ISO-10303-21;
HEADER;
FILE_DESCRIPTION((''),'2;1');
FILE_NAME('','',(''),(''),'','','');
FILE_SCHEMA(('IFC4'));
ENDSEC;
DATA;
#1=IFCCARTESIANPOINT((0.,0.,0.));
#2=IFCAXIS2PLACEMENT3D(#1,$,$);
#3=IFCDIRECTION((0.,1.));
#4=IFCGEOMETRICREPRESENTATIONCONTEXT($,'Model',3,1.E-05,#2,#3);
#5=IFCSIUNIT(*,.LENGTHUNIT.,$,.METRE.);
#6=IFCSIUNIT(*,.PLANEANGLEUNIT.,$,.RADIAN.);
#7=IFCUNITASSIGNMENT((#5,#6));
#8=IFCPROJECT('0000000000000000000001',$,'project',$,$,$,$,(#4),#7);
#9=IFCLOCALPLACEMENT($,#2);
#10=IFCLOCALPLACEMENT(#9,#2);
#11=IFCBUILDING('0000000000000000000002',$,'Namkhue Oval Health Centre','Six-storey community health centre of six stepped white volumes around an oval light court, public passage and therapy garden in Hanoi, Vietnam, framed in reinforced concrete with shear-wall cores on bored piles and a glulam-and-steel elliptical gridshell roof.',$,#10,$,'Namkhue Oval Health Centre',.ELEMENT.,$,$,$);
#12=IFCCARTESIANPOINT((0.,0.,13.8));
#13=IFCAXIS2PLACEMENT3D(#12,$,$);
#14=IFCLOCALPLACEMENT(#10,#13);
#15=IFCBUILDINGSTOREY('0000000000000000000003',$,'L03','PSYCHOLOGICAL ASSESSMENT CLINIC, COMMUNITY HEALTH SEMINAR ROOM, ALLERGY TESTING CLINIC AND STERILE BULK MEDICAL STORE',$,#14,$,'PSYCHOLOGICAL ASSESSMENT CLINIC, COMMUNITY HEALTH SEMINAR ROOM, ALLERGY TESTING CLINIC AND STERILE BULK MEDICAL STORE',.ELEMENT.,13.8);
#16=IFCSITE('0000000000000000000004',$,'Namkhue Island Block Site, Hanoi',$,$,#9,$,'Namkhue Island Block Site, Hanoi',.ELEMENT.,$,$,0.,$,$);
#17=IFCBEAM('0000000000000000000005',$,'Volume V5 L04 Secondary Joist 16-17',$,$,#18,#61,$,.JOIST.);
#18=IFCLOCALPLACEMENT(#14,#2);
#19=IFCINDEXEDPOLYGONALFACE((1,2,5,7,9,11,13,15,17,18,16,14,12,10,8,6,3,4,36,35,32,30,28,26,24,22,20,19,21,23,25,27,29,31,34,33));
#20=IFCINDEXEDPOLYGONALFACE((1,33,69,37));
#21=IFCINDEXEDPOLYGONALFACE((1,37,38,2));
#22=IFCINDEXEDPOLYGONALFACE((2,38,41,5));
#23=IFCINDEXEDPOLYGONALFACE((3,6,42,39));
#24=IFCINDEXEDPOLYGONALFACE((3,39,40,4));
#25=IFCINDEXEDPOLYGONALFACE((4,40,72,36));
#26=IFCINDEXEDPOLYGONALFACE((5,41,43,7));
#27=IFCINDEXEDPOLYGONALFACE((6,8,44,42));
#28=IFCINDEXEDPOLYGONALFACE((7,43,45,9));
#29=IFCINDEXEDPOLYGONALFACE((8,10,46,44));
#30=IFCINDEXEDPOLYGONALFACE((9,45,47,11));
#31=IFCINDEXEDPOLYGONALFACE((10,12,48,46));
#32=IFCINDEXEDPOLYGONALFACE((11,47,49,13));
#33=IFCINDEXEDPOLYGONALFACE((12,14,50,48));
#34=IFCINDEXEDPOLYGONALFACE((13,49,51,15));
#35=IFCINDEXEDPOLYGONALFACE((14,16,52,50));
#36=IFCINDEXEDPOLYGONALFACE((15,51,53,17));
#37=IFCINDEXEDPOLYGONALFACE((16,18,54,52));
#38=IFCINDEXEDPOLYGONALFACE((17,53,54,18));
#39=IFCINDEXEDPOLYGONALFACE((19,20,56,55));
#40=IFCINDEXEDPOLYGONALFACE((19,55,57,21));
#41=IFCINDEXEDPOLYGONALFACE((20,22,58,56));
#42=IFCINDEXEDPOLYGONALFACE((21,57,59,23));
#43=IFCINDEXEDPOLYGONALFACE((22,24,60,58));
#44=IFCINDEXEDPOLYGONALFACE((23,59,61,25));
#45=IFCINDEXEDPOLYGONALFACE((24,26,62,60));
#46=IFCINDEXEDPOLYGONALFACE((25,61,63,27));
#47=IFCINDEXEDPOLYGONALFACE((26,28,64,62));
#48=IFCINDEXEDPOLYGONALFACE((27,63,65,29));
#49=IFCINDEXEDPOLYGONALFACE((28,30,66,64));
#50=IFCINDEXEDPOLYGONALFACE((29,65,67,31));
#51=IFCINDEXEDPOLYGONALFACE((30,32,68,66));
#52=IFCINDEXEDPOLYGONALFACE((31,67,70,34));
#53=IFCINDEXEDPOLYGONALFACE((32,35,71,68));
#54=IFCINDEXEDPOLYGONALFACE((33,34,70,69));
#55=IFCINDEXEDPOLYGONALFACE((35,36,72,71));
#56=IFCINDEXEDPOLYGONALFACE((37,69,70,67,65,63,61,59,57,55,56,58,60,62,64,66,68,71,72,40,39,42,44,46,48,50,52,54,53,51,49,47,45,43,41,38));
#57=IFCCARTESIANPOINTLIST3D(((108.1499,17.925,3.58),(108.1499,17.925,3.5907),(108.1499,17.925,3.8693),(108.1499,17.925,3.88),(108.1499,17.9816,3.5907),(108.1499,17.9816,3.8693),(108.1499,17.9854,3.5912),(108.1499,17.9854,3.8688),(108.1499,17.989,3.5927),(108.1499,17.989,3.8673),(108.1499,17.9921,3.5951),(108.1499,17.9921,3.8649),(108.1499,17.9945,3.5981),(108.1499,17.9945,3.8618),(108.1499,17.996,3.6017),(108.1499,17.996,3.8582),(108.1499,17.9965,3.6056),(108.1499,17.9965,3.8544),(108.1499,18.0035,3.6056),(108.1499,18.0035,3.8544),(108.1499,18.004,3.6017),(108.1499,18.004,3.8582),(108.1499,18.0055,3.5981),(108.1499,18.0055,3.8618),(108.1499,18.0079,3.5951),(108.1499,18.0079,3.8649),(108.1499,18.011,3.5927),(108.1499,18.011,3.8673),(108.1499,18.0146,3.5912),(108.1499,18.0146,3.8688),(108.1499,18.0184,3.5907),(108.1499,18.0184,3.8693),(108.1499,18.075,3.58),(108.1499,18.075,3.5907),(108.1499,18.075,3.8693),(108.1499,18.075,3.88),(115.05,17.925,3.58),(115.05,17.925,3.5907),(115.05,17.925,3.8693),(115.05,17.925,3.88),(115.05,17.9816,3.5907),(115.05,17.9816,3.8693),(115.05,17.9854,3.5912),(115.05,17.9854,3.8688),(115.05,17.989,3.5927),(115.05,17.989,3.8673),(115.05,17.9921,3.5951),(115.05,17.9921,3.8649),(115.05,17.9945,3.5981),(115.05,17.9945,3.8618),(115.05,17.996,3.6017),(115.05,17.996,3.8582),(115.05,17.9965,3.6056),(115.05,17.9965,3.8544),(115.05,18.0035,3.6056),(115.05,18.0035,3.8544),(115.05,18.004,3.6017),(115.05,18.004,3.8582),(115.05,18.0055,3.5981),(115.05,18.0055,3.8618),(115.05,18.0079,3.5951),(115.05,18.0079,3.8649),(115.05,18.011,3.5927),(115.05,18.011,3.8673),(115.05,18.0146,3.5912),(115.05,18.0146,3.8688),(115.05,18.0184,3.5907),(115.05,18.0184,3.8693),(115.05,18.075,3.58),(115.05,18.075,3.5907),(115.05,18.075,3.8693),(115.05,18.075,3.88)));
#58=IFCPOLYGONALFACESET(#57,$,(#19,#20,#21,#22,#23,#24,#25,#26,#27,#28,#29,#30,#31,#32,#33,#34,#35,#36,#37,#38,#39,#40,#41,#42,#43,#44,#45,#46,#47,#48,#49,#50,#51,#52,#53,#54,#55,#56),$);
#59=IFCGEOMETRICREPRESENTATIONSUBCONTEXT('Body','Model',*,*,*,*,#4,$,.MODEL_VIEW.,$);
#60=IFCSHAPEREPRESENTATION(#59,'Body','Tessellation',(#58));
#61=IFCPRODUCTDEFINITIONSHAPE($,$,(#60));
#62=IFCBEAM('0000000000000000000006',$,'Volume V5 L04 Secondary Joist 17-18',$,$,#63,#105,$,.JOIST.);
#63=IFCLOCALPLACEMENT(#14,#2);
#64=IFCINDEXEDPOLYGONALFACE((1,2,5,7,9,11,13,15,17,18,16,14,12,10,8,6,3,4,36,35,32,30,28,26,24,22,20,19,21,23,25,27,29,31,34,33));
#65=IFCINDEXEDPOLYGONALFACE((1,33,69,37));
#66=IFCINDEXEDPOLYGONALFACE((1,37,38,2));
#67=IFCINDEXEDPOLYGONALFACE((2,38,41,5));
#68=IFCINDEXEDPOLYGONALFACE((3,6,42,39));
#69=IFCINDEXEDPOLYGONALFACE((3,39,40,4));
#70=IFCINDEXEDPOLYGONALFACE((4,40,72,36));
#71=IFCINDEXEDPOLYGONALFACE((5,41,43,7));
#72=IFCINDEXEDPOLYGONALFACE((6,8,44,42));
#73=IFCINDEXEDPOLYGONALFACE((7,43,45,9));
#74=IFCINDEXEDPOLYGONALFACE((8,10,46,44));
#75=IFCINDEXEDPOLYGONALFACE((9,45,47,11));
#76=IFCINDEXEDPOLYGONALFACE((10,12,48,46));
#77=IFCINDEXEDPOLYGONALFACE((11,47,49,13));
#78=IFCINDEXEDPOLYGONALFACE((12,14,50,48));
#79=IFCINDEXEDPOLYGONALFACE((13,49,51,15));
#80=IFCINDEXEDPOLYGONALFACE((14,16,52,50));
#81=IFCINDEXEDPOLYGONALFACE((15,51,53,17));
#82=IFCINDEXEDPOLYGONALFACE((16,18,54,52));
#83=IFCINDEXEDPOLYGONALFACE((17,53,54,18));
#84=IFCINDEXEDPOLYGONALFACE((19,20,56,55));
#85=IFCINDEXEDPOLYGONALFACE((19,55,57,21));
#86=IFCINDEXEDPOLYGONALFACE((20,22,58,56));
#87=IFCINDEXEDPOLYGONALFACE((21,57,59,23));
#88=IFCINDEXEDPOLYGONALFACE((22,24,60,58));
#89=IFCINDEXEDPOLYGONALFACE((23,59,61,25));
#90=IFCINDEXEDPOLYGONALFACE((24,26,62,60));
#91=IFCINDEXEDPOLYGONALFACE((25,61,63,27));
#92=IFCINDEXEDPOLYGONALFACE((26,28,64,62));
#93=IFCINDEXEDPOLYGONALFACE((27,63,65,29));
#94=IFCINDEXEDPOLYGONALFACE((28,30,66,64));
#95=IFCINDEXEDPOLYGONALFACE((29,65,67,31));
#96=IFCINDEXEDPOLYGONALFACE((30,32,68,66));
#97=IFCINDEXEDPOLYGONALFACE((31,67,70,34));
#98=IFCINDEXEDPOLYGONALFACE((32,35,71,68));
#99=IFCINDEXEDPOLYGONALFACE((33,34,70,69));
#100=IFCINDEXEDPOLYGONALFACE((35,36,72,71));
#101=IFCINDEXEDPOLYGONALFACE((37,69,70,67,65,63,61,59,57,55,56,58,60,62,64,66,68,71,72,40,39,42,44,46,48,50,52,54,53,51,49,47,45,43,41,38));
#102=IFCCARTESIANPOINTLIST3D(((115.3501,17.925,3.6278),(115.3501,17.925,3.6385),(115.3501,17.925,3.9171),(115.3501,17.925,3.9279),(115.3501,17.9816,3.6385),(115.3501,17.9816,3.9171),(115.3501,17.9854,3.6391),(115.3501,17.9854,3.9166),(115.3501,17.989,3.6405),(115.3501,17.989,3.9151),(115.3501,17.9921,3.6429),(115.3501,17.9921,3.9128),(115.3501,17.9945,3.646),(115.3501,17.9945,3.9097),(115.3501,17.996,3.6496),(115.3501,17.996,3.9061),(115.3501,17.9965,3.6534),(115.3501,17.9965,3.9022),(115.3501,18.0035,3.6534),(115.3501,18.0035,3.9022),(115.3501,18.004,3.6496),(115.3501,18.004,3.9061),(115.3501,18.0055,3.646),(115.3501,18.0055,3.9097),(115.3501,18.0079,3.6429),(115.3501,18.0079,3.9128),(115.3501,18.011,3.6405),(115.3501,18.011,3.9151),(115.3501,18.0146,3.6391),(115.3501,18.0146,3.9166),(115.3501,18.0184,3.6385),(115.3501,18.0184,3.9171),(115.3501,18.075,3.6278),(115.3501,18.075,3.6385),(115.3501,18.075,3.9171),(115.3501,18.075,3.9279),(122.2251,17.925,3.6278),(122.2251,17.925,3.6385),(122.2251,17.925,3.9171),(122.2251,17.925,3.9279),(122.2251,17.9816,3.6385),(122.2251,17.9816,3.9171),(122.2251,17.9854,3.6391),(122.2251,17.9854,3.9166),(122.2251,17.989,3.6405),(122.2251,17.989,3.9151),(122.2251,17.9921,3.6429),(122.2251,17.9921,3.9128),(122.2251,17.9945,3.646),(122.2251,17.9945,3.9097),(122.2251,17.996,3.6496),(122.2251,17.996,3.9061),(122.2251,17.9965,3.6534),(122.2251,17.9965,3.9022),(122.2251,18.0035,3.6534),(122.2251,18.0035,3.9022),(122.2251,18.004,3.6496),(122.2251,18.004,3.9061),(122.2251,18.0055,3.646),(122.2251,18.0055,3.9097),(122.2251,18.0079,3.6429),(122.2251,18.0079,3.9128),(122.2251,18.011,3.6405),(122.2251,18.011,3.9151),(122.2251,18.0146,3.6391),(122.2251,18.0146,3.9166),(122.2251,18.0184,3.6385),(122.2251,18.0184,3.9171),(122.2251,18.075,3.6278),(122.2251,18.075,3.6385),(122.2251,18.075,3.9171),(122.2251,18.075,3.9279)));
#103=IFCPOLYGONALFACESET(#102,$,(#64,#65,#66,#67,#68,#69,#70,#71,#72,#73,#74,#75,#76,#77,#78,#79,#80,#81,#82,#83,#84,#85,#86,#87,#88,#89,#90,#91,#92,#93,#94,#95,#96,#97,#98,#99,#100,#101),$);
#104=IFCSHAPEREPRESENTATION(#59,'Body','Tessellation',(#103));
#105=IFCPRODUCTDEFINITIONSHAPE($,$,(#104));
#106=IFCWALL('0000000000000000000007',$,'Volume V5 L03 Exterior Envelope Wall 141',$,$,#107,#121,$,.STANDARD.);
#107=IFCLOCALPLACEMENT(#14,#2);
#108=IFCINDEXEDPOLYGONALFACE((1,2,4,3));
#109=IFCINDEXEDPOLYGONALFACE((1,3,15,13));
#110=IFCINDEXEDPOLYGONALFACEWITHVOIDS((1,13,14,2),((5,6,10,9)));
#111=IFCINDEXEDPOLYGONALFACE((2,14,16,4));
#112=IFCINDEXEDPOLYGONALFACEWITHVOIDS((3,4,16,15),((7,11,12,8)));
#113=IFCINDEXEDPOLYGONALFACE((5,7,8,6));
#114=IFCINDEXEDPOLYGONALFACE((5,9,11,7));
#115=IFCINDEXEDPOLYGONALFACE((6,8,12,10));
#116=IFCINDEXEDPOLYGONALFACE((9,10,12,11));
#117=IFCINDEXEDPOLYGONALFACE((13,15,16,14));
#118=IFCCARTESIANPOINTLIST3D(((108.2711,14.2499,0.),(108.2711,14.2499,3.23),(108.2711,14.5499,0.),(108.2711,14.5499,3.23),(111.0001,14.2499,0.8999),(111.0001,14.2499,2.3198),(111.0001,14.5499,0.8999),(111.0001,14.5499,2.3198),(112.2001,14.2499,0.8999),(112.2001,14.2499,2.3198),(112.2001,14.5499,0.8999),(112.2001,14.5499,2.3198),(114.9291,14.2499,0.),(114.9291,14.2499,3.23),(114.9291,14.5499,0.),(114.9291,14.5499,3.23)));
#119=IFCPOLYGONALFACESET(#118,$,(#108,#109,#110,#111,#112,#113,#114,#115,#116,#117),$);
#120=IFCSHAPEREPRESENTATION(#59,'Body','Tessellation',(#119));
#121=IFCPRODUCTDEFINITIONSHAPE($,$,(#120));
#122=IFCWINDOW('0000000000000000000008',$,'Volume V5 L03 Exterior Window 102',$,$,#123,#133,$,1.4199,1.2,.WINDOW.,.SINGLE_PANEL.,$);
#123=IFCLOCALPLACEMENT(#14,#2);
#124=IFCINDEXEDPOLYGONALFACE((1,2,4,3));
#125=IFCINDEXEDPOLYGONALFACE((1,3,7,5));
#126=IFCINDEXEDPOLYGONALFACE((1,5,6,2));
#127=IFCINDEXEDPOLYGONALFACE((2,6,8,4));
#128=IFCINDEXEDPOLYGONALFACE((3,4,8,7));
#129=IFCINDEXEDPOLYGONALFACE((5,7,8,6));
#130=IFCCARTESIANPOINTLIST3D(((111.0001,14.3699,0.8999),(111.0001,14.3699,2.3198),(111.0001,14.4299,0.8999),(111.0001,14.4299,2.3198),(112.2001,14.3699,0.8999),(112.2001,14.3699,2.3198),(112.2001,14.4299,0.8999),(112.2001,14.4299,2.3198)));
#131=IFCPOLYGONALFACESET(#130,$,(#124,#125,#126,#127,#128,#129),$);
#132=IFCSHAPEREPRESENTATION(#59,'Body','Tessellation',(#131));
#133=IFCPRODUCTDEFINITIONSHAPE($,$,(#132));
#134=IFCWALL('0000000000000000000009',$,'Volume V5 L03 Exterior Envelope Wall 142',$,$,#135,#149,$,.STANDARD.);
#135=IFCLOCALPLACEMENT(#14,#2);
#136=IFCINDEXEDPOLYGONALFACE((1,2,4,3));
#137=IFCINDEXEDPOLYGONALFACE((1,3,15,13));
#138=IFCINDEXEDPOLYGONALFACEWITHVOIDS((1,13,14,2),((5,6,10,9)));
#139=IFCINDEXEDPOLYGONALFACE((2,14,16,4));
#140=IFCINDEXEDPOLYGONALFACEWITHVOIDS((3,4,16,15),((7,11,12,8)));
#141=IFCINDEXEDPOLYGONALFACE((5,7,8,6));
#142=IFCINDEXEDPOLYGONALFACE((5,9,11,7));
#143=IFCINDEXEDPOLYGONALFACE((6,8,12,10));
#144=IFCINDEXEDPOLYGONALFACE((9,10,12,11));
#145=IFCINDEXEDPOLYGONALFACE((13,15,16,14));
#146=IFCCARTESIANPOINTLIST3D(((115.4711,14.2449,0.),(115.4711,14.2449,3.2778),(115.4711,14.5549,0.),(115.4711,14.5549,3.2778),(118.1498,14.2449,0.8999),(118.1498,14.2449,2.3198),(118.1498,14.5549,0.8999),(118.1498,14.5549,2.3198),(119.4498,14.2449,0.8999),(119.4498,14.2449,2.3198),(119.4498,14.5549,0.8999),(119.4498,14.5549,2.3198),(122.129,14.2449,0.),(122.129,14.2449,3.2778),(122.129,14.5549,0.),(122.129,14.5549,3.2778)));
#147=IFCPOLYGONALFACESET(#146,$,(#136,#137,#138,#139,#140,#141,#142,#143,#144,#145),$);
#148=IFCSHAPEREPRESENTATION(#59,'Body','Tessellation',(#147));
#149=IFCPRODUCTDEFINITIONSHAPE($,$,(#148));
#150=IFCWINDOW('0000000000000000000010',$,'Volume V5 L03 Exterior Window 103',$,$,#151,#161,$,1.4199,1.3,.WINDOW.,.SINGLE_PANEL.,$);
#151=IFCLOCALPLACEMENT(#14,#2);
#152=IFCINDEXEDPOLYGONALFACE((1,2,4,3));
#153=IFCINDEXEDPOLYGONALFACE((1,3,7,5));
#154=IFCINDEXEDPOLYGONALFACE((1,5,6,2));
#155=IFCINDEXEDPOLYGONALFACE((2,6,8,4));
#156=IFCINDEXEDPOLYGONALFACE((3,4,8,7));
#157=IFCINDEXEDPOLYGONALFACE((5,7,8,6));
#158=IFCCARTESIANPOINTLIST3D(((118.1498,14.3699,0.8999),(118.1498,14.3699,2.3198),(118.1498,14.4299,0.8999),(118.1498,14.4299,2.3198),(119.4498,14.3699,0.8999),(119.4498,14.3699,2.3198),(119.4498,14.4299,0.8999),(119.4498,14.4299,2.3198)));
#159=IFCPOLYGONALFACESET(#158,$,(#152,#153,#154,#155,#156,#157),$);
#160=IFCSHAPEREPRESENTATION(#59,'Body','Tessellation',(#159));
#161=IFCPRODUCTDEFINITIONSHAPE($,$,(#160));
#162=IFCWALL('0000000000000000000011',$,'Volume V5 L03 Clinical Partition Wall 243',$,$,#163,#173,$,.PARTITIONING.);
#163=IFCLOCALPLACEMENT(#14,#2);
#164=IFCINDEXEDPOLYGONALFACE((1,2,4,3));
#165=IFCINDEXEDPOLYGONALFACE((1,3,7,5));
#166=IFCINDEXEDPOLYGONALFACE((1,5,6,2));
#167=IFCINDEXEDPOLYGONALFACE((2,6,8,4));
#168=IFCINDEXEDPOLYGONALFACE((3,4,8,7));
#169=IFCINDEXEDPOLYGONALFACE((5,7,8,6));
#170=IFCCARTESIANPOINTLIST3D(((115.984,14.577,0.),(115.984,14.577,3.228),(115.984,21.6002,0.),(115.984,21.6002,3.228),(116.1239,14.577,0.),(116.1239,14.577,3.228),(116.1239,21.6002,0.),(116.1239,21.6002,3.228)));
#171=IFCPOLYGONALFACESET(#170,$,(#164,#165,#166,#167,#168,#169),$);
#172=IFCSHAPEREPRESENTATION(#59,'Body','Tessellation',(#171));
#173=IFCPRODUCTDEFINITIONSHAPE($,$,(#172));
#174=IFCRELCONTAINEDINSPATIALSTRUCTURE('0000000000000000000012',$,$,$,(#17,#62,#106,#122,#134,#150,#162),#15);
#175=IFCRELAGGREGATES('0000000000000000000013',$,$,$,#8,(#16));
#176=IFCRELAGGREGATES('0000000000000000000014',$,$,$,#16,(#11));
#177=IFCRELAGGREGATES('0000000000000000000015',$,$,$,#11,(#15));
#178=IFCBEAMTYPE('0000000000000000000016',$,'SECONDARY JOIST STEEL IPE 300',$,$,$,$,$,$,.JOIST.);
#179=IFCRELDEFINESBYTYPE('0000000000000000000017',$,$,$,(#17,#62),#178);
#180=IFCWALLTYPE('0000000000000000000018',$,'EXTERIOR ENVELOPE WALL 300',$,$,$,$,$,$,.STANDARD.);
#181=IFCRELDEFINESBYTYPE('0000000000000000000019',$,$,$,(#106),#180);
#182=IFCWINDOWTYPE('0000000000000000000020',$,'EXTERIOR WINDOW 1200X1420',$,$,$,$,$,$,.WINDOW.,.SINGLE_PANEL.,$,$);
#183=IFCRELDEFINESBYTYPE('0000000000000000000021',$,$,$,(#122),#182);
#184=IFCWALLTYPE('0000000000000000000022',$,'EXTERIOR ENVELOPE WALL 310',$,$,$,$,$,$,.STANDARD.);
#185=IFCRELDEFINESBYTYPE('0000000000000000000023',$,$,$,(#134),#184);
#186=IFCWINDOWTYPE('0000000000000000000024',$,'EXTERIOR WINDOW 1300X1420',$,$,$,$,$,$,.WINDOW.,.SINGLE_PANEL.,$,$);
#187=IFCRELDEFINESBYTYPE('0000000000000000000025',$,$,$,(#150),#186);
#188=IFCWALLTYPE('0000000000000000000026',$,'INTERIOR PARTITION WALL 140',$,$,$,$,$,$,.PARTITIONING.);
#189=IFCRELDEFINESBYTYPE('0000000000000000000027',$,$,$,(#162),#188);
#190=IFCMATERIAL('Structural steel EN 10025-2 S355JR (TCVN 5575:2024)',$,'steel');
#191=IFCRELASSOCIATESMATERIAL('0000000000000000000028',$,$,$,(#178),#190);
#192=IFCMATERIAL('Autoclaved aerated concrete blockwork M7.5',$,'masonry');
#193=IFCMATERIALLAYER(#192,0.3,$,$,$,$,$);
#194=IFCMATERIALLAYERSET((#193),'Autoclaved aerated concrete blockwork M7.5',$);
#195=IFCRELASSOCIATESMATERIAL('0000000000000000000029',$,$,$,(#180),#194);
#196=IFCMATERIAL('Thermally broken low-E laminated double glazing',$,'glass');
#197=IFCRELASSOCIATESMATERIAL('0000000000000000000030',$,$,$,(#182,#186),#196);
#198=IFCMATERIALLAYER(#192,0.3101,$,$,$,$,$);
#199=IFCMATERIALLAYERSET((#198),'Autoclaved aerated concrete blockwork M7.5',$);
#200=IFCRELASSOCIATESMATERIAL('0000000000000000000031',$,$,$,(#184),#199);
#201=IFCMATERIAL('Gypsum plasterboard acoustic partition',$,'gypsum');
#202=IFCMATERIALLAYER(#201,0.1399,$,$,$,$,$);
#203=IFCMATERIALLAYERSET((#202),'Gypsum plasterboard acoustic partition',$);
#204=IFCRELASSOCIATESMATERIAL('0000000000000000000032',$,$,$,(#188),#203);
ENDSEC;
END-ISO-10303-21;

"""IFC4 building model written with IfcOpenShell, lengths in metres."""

from ifc_helpers import new_model, si_unit, direction, frame, frame_2d, origin, origin_2d, place, context, subcontext, project, spatial, rectangle, i_section, extrude, material, layer, layer_set, material_profile, profile_set, type_object, element, fill, save


model = new_model("IFC4")

# Units and contexts
model_context = context("Model", 3, precision=1e-05, world=origin(), true_north=direction((0.0, 1.0)))
body_context = subcontext(model_context, "Body", "Model", "MODEL_VIEW")
ifc_project = project(units=[si_unit("LENGTHUNIT", "METRE"), si_unit("PLANEANGLEUNIT", "RADIAN")], contexts=[model_context])

# Site, building, storey
site_placement = place(None, origin())
site = spatial("IfcSite", under=ifc_project, at=site_placement, Name="Namkhue Island Block Site, Hanoi", LongName="Namkhue Island Block Site, Hanoi", CompositionType="ELEMENT", RefElevation=0.0)
building_placement = place(site_placement, origin())
building = spatial("IfcBuilding", under=site, at=building_placement, Name="Namkhue Oval Health Centre", Description="Six-storey community health centre of six stepped white volumes around an oval light court, public passage and therapy garden in Hanoi, Vietnam, framed in reinforced concrete with shear-wall cores on bored piles and a glulam-and-steel elliptical gridshell roof.", LongName="Namkhue Oval Health Centre", CompositionType="ELEMENT")
storey_placement = place(building_placement, frame((0.0, 0.0, 13.8)))
storey = spatial("IfcBuildingStorey", under=building, at=storey_placement, Name="L03", Description="PSYCHOLOGICAL ASSESSMENT CLINIC, COMMUNITY HEALTH SEMINAR ROOM, ALLERGY TESTING CLINIC AND STERILE BULK MEDICAL STORE", LongName="PSYCHOLOGICAL ASSESSMENT CLINIC, COMMUNITY HEALTH SEMINAR ROOM, ALLERGY TESTING CLINIC AND STERILE BULK MEDICAL STORE", CompositionType="ELEMENT", Elevation=13.8)

# Beams
ifc_material_1 = material(Name="Structural steel EN 10025-2 S355JR (TCVN 5575:2024)", Category="steel")
ifc_material_profile_1 = material_profile(ifc_material_1, i_section(OverallWidth=0.1499, OverallDepth=0.3, WebThickness=0.0071, FlangeThickness=0.0107, FilletRadius=0.0149, at=origin_2d()), Name="IPE 300")
ifc_profile_set_1 = profile_set([ifc_material_profile_1], Name="Structural steel EN 10025-2 S355JR (TCVN 5575:2024)")
beam_type_1 = type_object("IfcBeamType", Name="SECONDARY JOIST STEEL IPE 300", PredefinedType="JOIST", material=ifc_profile_set_1)
beam_1_placement = place(storey_placement, frame((108.1499, 18.0, 3.73), z_axis=(1.0, 0.0, 0.0), x_axis=(0.0, 1.0, 0.0)))
element("IfcBeam", 1, at=beam_1_placement, inside=storey, type_object=beam_type_1, Name="Volume V5 L04 Secondary Joist 16-17", PredefinedType="JOIST", context=body_context, shape_type="SweptSolid", body=[
    extrude(i_section(OverallWidth=0.1499, OverallDepth=0.3, WebThickness=0.0071, FlangeThickness=0.0107, FilletRadius=0.0149, at=origin_2d()), origin(), (0.0, 0.0, 1.0), 6.9001),
])
beam_2_placement = place(storey_placement, frame((115.3501, 18.0, 3.7778), z_axis=(1.0, 0.0, 0.0), x_axis=(0.0, 1.0, 0.0)))
element("IfcBeam", 2, at=beam_2_placement, inside=storey, type_object=beam_type_1, Name="Volume V5 L04 Secondary Joist 17-18", PredefinedType="JOIST", context=body_context, shape_type="SweptSolid", body=[
    extrude(i_section(OverallWidth=0.1499, OverallDepth=0.3, WebThickness=0.0071, FlangeThickness=0.0107, FilletRadius=0.0149, at=origin_2d()), origin(), (0.0, 0.0, 1.0), 6.875),
])

# Walls, openings, windows
ifc_material_2 = material(Name="Autoclaved aerated concrete blockwork M7.5", Category="masonry")
ifc_layer_1 = layer(ifc_material_2, 0.3)
ifc_layer_set_1 = layer_set([ifc_layer_1], Name="Autoclaved aerated concrete blockwork M7.5")
wall_type_1 = type_object("IfcWallType", Name="EXTERIOR ENVELOPE WALL 300", PredefinedType="STANDARD", material=ifc_layer_set_1)
wall_1_placement = place(storey_placement, frame((108.271, 14.3999, 0.0), z_axis=(0.0, 0.0, 1.0), x_axis=(1.0, 0.0, 0.0)))
wall_1 = element("IfcWall", 3, at=wall_1_placement, inside=storey, type_object=wall_type_1, Name="Volume V5 L03 Exterior Envelope Wall 141", PredefinedType="STANDARD", context=body_context, shape_type="SweptSolid", body=[
    extrude(rectangle(XDim=6.658, YDim=0.3, at=frame_2d((3.3291, 0.0))), origin(), (0.0, 0.0, 1.0), 3.23),
])
opening_1_placement = place(wall_1_placement, frame((2.729, 0.0, 0.8999)))
opening_1 = element("IfcOpeningElement", 4, at=opening_1_placement, cuts=wall_1, PredefinedType="OPENING", context=body_context, shape_type="SweptSolid", body=[
    extrude(rectangle(XDim=1.2, YDim=1.4199, at=frame_2d((0.6001, 0.71))), frame((0.0, 0.1599, 0.0), z_axis=(0.0, -1.0, 0.0), x_axis=(1.0, 0.0, 0.0)), (0.0, 0.0, 1.0), 0.3201),
])
ifc_material_3 = material(Name="Thermally broken low-E laminated double glazing", Category="glass")
window_type_1 = type_object("IfcWindowType", Name="EXTERIOR WINDOW 1200X1420", PartitioningType="SINGLE_PANEL", PredefinedType="WINDOW", material=ifc_material_3)
window_1_placement = place(opening_1_placement, origin())
window_1 = element("IfcWindow", 5, at=window_1_placement, inside=storey, type_object=window_type_1, Name="Volume V5 L03 Exterior Window 102", OverallHeight=1.4199, OverallWidth=1.2, PartitioningType="SINGLE_PANEL", PredefinedType="WINDOW", context=body_context, shape_type="SweptSolid", body=[
    extrude(rectangle(XDim=1.2, YDim=1.4199, at=frame_2d((0.6001, 0.71))), frame((0.0, 0.03, 0.0), z_axis=(0.0, -1.0, 0.0), x_axis=(1.0, 0.0, 0.0)), (0.0, 0.0, 1.0), 0.0601),
])
fill(opening_1, window_1)
ifc_layer_2 = layer(ifc_material_2, 0.3101)
ifc_layer_set_2 = layer_set([ifc_layer_2], Name="Autoclaved aerated concrete blockwork M7.5")
wall_type_2 = type_object("IfcWallType", Name="EXTERIOR ENVELOPE WALL 310", PredefinedType="STANDARD", material=ifc_layer_set_2)
wall_2_placement = place(storey_placement, frame((115.4709, 14.3999, 0.0), z_axis=(0.0, 0.0, 1.0), x_axis=(1.0, 0.0, 0.0)))
wall_2 = element("IfcWall", 6, at=wall_2_placement, inside=storey, type_object=wall_type_2, Name="Volume V5 L03 Exterior Envelope Wall 142", PredefinedType="STANDARD", context=body_context, shape_type="SweptSolid", body=[
    extrude(rectangle(XDim=6.658, YDim=0.3101, at=frame_2d((3.3291, 0.0))), origin(), (0.0, 0.0, 1.0), 3.2778),
])
opening_2_placement = place(wall_2_placement, frame((2.679, 0.0, 0.8999)))
opening_2 = element("IfcOpeningElement", 7, at=opening_2_placement, cuts=wall_2, PredefinedType="OPENING", context=body_context, shape_type="SweptSolid", body=[
    extrude(rectangle(XDim=1.3, YDim=1.4199, at=frame_2d((0.6499, 0.71))), frame((0.0, 0.165, 0.0), z_axis=(0.0, -1.0, 0.0), x_axis=(1.0, 0.0, 0.0)), (0.0, 0.0, 1.0), 0.3301),
])
window_type_2 = type_object("IfcWindowType", Name="EXTERIOR WINDOW 1300X1420", PartitioningType="SINGLE_PANEL", PredefinedType="WINDOW", material=ifc_material_3)
window_2_placement = place(opening_2_placement, origin())
window_2 = element("IfcWindow", 8, at=window_2_placement, inside=storey, type_object=window_type_2, Name="Volume V5 L03 Exterior Window 103", OverallHeight=1.4199, OverallWidth=1.3, PartitioningType="SINGLE_PANEL", PredefinedType="WINDOW", context=body_context, shape_type="SweptSolid", body=[
    extrude(rectangle(XDim=1.3, YDim=1.4199, at=frame_2d((0.6499, 0.71))), frame((0.0, 0.03, 0.0), z_axis=(0.0, -1.0, 0.0), x_axis=(1.0, 0.0, 0.0)), (0.0, 0.0, 1.0), 0.0601),
])
fill(opening_2, window_2)

# Wall
ifc_material_4 = material(Name="Gypsum plasterboard acoustic partition", Category="gypsum")
ifc_layer_3 = layer(ifc_material_4, 0.1399)
ifc_layer_set_3 = layer_set([ifc_layer_3], Name="Gypsum plasterboard acoustic partition")
wall_type_3 = type_object("IfcWallType", Name="INTERIOR PARTITION WALL 140", PredefinedType="PARTITIONING", material=ifc_layer_set_3)
wall_3_placement = place(storey_placement, frame((116.054, 14.5769, 0.0), z_axis=(0.0, 0.0, 1.0), x_axis=(0.0, 1.0, 0.0)))
element("IfcWall", 9, at=wall_3_placement, inside=storey, type_object=wall_type_3, Name="Volume V5 L03 Clinical Partition Wall 243", PredefinedType="PARTITIONING", context=body_context, shape_type="SweptSolid", body=[
    extrude(rectangle(XDim=7.0232, YDim=0.1399, at=frame_2d((3.5117, 0.0))), origin(), (0.0, 0.0, 1.0), 3.228),
])

save(model, "model.ifc")
